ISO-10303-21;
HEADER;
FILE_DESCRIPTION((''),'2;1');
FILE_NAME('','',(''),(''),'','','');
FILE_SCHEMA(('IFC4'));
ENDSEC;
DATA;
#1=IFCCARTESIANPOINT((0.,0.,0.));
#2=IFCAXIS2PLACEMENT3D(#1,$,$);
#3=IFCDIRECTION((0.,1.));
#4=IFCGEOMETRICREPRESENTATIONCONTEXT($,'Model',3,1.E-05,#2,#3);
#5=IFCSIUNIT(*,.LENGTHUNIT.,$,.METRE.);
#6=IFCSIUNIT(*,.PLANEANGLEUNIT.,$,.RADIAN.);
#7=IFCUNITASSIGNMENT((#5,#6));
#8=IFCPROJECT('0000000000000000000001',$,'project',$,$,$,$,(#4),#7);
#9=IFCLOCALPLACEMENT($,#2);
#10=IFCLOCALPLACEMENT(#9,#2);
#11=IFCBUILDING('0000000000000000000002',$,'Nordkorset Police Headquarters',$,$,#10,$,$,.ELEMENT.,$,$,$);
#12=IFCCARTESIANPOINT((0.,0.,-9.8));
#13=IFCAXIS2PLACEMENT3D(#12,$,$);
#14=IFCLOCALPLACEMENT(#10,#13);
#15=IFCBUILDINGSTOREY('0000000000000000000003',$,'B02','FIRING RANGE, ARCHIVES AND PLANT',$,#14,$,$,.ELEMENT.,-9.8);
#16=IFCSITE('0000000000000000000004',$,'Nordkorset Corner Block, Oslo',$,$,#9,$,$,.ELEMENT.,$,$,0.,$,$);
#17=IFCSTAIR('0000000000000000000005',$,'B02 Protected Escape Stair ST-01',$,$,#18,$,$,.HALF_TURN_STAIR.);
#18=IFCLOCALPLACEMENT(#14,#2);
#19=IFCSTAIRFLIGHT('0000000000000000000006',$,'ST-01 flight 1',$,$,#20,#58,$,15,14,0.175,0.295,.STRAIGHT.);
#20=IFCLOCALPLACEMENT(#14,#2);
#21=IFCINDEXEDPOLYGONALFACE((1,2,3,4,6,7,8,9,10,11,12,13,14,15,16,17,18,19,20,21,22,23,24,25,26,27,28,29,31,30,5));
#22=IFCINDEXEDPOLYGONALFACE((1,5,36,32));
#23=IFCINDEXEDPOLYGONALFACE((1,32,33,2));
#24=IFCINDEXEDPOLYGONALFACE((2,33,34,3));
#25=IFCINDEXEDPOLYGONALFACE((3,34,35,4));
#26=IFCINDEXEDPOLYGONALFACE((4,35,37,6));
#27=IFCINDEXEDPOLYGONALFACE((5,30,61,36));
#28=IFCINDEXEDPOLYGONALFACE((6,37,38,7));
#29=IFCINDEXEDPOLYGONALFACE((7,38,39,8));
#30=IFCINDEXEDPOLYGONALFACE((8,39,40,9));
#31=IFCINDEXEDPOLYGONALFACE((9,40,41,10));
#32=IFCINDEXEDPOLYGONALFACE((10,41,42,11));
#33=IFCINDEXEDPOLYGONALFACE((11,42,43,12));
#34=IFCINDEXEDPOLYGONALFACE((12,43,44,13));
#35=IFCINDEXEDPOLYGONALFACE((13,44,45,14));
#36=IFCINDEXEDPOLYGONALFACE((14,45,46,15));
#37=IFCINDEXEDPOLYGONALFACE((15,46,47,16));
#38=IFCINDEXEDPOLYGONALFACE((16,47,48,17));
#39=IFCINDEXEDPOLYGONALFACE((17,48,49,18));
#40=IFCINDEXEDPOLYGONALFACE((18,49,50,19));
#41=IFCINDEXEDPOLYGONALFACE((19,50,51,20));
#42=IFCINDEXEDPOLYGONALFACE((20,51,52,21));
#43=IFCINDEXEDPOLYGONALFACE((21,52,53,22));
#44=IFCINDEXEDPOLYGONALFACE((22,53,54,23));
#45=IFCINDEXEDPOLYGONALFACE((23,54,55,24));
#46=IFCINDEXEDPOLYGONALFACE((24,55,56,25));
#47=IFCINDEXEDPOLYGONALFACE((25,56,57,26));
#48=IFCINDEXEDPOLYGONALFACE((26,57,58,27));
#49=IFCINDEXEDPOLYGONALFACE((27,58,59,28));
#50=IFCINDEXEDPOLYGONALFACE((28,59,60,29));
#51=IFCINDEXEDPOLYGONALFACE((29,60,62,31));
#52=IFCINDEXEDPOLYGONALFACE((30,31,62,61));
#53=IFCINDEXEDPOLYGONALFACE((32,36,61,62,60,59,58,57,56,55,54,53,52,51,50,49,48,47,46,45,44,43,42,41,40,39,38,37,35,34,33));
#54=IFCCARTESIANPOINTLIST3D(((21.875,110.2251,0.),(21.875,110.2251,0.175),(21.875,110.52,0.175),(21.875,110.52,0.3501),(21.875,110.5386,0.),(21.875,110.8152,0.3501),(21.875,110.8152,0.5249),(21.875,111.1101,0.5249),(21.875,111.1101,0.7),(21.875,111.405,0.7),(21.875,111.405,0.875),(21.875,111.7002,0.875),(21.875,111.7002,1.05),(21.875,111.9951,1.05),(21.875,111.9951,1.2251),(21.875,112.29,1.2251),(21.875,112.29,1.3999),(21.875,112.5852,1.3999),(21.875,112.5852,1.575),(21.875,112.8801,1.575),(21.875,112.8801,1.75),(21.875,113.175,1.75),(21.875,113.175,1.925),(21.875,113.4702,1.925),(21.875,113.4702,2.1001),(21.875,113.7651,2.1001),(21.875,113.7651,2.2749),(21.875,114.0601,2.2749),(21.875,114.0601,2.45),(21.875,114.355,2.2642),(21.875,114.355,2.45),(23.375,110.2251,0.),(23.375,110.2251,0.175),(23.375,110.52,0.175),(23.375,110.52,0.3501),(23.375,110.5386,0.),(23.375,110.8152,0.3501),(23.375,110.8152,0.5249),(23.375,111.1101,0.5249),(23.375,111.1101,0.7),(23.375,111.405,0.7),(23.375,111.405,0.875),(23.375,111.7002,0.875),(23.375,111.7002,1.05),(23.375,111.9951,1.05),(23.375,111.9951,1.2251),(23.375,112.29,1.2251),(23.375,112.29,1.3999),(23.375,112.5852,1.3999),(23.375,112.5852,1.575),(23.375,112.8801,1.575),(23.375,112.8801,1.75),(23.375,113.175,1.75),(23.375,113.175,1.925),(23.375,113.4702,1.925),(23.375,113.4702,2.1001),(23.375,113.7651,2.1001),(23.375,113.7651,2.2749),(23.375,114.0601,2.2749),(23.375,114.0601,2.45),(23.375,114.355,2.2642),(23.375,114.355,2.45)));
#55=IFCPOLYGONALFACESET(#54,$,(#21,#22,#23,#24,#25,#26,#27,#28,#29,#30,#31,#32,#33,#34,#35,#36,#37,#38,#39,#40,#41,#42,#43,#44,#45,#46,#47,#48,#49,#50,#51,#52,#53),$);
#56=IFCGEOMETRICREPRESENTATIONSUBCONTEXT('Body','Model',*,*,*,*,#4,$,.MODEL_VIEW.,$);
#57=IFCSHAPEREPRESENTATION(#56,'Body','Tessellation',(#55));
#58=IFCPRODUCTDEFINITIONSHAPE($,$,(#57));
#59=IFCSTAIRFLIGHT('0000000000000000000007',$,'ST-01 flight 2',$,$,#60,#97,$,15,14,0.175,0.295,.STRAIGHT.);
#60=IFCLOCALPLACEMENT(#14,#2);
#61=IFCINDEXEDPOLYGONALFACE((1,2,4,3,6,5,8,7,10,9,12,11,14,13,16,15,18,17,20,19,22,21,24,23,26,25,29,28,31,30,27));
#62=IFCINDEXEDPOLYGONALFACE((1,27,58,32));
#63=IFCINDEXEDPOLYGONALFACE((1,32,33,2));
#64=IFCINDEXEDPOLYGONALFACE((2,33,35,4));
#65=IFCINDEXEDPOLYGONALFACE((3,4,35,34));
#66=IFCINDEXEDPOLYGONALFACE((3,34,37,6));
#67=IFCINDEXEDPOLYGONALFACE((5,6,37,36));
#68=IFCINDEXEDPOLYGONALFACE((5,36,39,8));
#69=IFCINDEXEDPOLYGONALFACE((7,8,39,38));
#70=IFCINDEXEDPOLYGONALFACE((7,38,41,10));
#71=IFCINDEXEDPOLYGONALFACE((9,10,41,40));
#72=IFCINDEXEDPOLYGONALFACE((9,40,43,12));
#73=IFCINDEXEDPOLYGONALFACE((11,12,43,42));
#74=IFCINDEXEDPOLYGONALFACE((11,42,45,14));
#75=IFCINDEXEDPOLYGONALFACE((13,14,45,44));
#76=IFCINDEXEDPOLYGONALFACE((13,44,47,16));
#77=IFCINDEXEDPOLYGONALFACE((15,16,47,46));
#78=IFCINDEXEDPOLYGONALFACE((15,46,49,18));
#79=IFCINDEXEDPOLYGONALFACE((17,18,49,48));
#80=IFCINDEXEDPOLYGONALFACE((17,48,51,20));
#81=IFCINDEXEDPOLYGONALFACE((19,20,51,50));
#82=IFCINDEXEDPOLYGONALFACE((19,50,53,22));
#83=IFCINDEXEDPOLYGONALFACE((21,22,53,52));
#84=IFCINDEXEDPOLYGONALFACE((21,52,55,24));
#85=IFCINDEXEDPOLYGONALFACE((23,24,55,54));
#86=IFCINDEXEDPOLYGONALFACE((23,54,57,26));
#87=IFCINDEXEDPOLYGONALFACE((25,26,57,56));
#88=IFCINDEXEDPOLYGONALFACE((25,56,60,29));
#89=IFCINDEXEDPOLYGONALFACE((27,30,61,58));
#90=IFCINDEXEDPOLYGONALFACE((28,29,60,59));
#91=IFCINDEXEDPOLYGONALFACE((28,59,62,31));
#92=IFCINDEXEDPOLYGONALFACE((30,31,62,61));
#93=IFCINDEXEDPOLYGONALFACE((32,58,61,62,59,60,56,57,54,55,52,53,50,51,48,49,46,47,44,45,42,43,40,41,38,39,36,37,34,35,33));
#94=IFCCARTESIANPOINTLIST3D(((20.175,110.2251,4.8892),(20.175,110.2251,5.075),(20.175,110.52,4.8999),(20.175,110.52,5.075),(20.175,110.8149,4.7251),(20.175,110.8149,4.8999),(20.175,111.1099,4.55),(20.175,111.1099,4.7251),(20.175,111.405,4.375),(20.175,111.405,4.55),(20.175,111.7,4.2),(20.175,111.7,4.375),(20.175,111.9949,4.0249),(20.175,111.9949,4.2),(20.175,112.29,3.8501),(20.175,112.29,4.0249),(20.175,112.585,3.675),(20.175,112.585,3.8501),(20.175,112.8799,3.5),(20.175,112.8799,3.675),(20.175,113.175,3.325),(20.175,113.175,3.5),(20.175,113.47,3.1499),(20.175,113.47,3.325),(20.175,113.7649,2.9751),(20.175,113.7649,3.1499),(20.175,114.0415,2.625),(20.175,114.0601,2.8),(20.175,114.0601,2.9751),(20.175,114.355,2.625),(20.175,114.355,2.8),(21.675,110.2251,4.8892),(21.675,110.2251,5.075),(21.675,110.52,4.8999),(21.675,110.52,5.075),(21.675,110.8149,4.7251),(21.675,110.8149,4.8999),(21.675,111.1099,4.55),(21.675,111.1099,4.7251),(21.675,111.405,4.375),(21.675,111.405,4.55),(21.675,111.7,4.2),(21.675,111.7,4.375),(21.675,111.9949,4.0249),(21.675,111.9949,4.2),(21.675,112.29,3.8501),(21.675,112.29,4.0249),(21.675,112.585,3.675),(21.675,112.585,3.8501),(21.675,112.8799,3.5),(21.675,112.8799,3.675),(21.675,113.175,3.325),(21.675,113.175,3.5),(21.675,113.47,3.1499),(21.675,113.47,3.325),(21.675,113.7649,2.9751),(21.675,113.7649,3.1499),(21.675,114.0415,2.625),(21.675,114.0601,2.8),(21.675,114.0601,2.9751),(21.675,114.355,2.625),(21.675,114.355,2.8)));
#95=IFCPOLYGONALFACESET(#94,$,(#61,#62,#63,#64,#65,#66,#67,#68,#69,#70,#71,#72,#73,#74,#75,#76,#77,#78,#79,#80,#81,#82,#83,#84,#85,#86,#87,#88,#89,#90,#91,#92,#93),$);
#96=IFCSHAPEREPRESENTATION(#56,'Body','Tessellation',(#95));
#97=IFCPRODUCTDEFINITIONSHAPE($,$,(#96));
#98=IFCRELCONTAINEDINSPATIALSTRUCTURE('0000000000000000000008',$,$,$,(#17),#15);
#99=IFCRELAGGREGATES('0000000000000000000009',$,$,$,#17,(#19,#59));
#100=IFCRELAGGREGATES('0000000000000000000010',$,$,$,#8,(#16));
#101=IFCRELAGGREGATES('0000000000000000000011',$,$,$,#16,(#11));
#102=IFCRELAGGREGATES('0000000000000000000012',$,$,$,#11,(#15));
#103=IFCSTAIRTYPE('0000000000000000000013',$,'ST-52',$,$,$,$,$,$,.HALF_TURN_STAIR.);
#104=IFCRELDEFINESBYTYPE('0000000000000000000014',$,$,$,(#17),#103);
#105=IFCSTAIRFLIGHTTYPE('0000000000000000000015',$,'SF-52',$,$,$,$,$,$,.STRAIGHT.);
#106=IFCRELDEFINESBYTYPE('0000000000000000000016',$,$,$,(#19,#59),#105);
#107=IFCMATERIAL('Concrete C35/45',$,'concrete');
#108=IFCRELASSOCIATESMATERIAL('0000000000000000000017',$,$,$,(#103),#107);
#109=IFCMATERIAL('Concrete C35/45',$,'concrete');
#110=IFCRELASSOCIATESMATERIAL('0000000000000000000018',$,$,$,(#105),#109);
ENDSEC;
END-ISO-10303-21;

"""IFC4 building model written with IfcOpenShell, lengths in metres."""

from ifc_helpers import new_model, si_unit, direction, frame, origin, place, context, subcontext, project, spatial, polyline, outline, extrude, material, type_object, element, aggregate, save


model = new_model("IFC4")

# Units and contexts
model_context = context("Model", 3, precision=1e-05, world=origin(), true_north=direction((0.0, 1.0)))
body_context = subcontext(model_context, "Body", "Model", "MODEL_VIEW")
ifc_project = project(units=[si_unit("LENGTHUNIT", "METRE"), si_unit("PLANEANGLEUNIT", "RADIAN")], contexts=[model_context])

# Site, building, storey
site_placement = place(None, origin())
site = spatial("IfcSite", under=ifc_project, at=site_placement, Name="Nordkorset Corner Block, Oslo", CompositionType="ELEMENT", RefElevation=0.0)
building_placement = place(site_placement, origin())
building = spatial("IfcBuilding", under=site, at=building_placement, Name="Nordkorset Police Headquarters", CompositionType="ELEMENT")
storey_placement = place(building_placement, frame((0.0, 0.0, -9.8)))
storey = spatial("IfcBuildingStorey", under=building, at=storey_placement, Name="B02", Description="FIRING RANGE, ARCHIVES AND PLANT", CompositionType="ELEMENT", Elevation=-9.8)

# Stair, stair flights
ifc_material_1 = material(Name="Concrete C35/45", Category="concrete")
stair_type = type_object("IfcStairType", Name="ST-52", PredefinedType="HALF_TURN_STAIR", material=ifc_material_1)
stair_placement = place(storey_placement, origin())
stair = element("IfcStair", 1, at=stair_placement, inside=storey, type_object=stair_type, Name="B02 Protected Escape Stair ST-01", PredefinedType="HALF_TURN_STAIR")
ifc_material_2 = material(Name="Concrete C35/45", Category="concrete")
stair_flight_type = type_object("IfcStairFlightType", Name="SF-52", PredefinedType="STRAIGHT", material=ifc_material_2)
stair_flight_1_placement = place(storey_placement, frame((22.625, 110.2251, 0.0), z_axis=(0.0, 0.0, 1.0), x_axis=(0.0, 1.0, 0.0)))
stair_flight_1 = element("IfcStairFlight", 2, at=stair_flight_1_placement, type_object=stair_flight_type, Name="ST-01 flight 1", NumberOfRisers=15, NumberOfTreads=14, PredefinedType="STRAIGHT", RiserHeight=0.175, TreadLength=0.295, context=body_context, shape_type="SweptSolid", body=[
    extrude(outline(polyline([(0.0, 0.0), (0.0, 0.175), (0.2949, 0.175), (0.2949, 0.3501), (0.5901, 0.3501), (0.5901, 0.5249), (0.885, 0.5249), (0.885, 0.7), (1.1799, 0.7), (1.1799, 0.875), (1.4751, 0.875), (1.4751, 1.05), (1.77, 1.05), (1.77, 1.2251), (2.0649, 1.2251), (2.0649, 1.3999), (2.3601, 1.3999), (2.3601, 1.575), (2.655, 1.575), (2.655, 1.75), (2.95, 1.75), (2.95, 1.925), (3.2451, 1.925), (3.2451, 2.1001), (3.54, 2.1001), (3.54, 2.2749), (3.835, 2.2749), (3.835, 2.45), (4.1299, 2.45), (4.1299, 2.625), (4.1299, 2.2642), (0.3135, 0.0), (0.0, 0.0)])), frame((0.0, 0.75, 0.0), z_axis=(0.0, -1.0, 0.0), x_axis=(1.0, 0.0, 0.0)), (0.0, 0.0, 1.0), 1.5),
])
stair_flight_2_placement = place(storey_placement, frame((20.925, 114.355, 2.625), z_axis=(0.0, 0.0, 1.0), x_axis=(0.0, -1.0, 0.0)))
stair_flight_2 = element("IfcStairFlight", 3, at=stair_flight_2_placement, type_object=stair_flight_type, Name="ST-01 flight 2", NumberOfRisers=15, NumberOfTreads=14, PredefinedType="STRAIGHT", RiserHeight=0.175, TreadLength=0.295, context=body_context, shape_type="SweptSolid", body=[
    extrude(outline(polyline([(0.0, 0.0), (0.0, 0.175), (0.2949, 0.175), (0.2949, 0.3501), (0.5901, 0.3501), (0.5901, 0.5249), (0.885, 0.5249), (0.885, 0.7), (1.1799, 0.7), (1.1799, 0.875), (1.4751, 0.875), (1.4751, 1.05), (1.77, 1.05), (1.77, 1.2251), (2.0649, 1.2251), (2.0649, 1.3999), (2.3601, 1.3999), (2.3601, 1.575), (2.655, 1.575), (2.655, 1.75), (2.95, 1.75), (2.95, 1.925), (3.2451, 1.925), (3.2451, 2.1001), (3.54, 2.1001), (3.54, 2.2749), (3.835, 2.2749), (3.835, 2.45), (4.1299, 2.45), (4.1299, 2.625), (4.1299, 2.2642), (0.3135, 0.0), (0.0, 0.0)])), frame((0.0, 0.75, 0.0), z_axis=(0.0, -1.0, 0.0), x_axis=(1.0, 0.0, 0.0)), (0.0, 0.0, 1.0), 1.5),
])
aggregate(stair, [stair_flight_1, stair_flight_2])

save(model, "model.ifc")
